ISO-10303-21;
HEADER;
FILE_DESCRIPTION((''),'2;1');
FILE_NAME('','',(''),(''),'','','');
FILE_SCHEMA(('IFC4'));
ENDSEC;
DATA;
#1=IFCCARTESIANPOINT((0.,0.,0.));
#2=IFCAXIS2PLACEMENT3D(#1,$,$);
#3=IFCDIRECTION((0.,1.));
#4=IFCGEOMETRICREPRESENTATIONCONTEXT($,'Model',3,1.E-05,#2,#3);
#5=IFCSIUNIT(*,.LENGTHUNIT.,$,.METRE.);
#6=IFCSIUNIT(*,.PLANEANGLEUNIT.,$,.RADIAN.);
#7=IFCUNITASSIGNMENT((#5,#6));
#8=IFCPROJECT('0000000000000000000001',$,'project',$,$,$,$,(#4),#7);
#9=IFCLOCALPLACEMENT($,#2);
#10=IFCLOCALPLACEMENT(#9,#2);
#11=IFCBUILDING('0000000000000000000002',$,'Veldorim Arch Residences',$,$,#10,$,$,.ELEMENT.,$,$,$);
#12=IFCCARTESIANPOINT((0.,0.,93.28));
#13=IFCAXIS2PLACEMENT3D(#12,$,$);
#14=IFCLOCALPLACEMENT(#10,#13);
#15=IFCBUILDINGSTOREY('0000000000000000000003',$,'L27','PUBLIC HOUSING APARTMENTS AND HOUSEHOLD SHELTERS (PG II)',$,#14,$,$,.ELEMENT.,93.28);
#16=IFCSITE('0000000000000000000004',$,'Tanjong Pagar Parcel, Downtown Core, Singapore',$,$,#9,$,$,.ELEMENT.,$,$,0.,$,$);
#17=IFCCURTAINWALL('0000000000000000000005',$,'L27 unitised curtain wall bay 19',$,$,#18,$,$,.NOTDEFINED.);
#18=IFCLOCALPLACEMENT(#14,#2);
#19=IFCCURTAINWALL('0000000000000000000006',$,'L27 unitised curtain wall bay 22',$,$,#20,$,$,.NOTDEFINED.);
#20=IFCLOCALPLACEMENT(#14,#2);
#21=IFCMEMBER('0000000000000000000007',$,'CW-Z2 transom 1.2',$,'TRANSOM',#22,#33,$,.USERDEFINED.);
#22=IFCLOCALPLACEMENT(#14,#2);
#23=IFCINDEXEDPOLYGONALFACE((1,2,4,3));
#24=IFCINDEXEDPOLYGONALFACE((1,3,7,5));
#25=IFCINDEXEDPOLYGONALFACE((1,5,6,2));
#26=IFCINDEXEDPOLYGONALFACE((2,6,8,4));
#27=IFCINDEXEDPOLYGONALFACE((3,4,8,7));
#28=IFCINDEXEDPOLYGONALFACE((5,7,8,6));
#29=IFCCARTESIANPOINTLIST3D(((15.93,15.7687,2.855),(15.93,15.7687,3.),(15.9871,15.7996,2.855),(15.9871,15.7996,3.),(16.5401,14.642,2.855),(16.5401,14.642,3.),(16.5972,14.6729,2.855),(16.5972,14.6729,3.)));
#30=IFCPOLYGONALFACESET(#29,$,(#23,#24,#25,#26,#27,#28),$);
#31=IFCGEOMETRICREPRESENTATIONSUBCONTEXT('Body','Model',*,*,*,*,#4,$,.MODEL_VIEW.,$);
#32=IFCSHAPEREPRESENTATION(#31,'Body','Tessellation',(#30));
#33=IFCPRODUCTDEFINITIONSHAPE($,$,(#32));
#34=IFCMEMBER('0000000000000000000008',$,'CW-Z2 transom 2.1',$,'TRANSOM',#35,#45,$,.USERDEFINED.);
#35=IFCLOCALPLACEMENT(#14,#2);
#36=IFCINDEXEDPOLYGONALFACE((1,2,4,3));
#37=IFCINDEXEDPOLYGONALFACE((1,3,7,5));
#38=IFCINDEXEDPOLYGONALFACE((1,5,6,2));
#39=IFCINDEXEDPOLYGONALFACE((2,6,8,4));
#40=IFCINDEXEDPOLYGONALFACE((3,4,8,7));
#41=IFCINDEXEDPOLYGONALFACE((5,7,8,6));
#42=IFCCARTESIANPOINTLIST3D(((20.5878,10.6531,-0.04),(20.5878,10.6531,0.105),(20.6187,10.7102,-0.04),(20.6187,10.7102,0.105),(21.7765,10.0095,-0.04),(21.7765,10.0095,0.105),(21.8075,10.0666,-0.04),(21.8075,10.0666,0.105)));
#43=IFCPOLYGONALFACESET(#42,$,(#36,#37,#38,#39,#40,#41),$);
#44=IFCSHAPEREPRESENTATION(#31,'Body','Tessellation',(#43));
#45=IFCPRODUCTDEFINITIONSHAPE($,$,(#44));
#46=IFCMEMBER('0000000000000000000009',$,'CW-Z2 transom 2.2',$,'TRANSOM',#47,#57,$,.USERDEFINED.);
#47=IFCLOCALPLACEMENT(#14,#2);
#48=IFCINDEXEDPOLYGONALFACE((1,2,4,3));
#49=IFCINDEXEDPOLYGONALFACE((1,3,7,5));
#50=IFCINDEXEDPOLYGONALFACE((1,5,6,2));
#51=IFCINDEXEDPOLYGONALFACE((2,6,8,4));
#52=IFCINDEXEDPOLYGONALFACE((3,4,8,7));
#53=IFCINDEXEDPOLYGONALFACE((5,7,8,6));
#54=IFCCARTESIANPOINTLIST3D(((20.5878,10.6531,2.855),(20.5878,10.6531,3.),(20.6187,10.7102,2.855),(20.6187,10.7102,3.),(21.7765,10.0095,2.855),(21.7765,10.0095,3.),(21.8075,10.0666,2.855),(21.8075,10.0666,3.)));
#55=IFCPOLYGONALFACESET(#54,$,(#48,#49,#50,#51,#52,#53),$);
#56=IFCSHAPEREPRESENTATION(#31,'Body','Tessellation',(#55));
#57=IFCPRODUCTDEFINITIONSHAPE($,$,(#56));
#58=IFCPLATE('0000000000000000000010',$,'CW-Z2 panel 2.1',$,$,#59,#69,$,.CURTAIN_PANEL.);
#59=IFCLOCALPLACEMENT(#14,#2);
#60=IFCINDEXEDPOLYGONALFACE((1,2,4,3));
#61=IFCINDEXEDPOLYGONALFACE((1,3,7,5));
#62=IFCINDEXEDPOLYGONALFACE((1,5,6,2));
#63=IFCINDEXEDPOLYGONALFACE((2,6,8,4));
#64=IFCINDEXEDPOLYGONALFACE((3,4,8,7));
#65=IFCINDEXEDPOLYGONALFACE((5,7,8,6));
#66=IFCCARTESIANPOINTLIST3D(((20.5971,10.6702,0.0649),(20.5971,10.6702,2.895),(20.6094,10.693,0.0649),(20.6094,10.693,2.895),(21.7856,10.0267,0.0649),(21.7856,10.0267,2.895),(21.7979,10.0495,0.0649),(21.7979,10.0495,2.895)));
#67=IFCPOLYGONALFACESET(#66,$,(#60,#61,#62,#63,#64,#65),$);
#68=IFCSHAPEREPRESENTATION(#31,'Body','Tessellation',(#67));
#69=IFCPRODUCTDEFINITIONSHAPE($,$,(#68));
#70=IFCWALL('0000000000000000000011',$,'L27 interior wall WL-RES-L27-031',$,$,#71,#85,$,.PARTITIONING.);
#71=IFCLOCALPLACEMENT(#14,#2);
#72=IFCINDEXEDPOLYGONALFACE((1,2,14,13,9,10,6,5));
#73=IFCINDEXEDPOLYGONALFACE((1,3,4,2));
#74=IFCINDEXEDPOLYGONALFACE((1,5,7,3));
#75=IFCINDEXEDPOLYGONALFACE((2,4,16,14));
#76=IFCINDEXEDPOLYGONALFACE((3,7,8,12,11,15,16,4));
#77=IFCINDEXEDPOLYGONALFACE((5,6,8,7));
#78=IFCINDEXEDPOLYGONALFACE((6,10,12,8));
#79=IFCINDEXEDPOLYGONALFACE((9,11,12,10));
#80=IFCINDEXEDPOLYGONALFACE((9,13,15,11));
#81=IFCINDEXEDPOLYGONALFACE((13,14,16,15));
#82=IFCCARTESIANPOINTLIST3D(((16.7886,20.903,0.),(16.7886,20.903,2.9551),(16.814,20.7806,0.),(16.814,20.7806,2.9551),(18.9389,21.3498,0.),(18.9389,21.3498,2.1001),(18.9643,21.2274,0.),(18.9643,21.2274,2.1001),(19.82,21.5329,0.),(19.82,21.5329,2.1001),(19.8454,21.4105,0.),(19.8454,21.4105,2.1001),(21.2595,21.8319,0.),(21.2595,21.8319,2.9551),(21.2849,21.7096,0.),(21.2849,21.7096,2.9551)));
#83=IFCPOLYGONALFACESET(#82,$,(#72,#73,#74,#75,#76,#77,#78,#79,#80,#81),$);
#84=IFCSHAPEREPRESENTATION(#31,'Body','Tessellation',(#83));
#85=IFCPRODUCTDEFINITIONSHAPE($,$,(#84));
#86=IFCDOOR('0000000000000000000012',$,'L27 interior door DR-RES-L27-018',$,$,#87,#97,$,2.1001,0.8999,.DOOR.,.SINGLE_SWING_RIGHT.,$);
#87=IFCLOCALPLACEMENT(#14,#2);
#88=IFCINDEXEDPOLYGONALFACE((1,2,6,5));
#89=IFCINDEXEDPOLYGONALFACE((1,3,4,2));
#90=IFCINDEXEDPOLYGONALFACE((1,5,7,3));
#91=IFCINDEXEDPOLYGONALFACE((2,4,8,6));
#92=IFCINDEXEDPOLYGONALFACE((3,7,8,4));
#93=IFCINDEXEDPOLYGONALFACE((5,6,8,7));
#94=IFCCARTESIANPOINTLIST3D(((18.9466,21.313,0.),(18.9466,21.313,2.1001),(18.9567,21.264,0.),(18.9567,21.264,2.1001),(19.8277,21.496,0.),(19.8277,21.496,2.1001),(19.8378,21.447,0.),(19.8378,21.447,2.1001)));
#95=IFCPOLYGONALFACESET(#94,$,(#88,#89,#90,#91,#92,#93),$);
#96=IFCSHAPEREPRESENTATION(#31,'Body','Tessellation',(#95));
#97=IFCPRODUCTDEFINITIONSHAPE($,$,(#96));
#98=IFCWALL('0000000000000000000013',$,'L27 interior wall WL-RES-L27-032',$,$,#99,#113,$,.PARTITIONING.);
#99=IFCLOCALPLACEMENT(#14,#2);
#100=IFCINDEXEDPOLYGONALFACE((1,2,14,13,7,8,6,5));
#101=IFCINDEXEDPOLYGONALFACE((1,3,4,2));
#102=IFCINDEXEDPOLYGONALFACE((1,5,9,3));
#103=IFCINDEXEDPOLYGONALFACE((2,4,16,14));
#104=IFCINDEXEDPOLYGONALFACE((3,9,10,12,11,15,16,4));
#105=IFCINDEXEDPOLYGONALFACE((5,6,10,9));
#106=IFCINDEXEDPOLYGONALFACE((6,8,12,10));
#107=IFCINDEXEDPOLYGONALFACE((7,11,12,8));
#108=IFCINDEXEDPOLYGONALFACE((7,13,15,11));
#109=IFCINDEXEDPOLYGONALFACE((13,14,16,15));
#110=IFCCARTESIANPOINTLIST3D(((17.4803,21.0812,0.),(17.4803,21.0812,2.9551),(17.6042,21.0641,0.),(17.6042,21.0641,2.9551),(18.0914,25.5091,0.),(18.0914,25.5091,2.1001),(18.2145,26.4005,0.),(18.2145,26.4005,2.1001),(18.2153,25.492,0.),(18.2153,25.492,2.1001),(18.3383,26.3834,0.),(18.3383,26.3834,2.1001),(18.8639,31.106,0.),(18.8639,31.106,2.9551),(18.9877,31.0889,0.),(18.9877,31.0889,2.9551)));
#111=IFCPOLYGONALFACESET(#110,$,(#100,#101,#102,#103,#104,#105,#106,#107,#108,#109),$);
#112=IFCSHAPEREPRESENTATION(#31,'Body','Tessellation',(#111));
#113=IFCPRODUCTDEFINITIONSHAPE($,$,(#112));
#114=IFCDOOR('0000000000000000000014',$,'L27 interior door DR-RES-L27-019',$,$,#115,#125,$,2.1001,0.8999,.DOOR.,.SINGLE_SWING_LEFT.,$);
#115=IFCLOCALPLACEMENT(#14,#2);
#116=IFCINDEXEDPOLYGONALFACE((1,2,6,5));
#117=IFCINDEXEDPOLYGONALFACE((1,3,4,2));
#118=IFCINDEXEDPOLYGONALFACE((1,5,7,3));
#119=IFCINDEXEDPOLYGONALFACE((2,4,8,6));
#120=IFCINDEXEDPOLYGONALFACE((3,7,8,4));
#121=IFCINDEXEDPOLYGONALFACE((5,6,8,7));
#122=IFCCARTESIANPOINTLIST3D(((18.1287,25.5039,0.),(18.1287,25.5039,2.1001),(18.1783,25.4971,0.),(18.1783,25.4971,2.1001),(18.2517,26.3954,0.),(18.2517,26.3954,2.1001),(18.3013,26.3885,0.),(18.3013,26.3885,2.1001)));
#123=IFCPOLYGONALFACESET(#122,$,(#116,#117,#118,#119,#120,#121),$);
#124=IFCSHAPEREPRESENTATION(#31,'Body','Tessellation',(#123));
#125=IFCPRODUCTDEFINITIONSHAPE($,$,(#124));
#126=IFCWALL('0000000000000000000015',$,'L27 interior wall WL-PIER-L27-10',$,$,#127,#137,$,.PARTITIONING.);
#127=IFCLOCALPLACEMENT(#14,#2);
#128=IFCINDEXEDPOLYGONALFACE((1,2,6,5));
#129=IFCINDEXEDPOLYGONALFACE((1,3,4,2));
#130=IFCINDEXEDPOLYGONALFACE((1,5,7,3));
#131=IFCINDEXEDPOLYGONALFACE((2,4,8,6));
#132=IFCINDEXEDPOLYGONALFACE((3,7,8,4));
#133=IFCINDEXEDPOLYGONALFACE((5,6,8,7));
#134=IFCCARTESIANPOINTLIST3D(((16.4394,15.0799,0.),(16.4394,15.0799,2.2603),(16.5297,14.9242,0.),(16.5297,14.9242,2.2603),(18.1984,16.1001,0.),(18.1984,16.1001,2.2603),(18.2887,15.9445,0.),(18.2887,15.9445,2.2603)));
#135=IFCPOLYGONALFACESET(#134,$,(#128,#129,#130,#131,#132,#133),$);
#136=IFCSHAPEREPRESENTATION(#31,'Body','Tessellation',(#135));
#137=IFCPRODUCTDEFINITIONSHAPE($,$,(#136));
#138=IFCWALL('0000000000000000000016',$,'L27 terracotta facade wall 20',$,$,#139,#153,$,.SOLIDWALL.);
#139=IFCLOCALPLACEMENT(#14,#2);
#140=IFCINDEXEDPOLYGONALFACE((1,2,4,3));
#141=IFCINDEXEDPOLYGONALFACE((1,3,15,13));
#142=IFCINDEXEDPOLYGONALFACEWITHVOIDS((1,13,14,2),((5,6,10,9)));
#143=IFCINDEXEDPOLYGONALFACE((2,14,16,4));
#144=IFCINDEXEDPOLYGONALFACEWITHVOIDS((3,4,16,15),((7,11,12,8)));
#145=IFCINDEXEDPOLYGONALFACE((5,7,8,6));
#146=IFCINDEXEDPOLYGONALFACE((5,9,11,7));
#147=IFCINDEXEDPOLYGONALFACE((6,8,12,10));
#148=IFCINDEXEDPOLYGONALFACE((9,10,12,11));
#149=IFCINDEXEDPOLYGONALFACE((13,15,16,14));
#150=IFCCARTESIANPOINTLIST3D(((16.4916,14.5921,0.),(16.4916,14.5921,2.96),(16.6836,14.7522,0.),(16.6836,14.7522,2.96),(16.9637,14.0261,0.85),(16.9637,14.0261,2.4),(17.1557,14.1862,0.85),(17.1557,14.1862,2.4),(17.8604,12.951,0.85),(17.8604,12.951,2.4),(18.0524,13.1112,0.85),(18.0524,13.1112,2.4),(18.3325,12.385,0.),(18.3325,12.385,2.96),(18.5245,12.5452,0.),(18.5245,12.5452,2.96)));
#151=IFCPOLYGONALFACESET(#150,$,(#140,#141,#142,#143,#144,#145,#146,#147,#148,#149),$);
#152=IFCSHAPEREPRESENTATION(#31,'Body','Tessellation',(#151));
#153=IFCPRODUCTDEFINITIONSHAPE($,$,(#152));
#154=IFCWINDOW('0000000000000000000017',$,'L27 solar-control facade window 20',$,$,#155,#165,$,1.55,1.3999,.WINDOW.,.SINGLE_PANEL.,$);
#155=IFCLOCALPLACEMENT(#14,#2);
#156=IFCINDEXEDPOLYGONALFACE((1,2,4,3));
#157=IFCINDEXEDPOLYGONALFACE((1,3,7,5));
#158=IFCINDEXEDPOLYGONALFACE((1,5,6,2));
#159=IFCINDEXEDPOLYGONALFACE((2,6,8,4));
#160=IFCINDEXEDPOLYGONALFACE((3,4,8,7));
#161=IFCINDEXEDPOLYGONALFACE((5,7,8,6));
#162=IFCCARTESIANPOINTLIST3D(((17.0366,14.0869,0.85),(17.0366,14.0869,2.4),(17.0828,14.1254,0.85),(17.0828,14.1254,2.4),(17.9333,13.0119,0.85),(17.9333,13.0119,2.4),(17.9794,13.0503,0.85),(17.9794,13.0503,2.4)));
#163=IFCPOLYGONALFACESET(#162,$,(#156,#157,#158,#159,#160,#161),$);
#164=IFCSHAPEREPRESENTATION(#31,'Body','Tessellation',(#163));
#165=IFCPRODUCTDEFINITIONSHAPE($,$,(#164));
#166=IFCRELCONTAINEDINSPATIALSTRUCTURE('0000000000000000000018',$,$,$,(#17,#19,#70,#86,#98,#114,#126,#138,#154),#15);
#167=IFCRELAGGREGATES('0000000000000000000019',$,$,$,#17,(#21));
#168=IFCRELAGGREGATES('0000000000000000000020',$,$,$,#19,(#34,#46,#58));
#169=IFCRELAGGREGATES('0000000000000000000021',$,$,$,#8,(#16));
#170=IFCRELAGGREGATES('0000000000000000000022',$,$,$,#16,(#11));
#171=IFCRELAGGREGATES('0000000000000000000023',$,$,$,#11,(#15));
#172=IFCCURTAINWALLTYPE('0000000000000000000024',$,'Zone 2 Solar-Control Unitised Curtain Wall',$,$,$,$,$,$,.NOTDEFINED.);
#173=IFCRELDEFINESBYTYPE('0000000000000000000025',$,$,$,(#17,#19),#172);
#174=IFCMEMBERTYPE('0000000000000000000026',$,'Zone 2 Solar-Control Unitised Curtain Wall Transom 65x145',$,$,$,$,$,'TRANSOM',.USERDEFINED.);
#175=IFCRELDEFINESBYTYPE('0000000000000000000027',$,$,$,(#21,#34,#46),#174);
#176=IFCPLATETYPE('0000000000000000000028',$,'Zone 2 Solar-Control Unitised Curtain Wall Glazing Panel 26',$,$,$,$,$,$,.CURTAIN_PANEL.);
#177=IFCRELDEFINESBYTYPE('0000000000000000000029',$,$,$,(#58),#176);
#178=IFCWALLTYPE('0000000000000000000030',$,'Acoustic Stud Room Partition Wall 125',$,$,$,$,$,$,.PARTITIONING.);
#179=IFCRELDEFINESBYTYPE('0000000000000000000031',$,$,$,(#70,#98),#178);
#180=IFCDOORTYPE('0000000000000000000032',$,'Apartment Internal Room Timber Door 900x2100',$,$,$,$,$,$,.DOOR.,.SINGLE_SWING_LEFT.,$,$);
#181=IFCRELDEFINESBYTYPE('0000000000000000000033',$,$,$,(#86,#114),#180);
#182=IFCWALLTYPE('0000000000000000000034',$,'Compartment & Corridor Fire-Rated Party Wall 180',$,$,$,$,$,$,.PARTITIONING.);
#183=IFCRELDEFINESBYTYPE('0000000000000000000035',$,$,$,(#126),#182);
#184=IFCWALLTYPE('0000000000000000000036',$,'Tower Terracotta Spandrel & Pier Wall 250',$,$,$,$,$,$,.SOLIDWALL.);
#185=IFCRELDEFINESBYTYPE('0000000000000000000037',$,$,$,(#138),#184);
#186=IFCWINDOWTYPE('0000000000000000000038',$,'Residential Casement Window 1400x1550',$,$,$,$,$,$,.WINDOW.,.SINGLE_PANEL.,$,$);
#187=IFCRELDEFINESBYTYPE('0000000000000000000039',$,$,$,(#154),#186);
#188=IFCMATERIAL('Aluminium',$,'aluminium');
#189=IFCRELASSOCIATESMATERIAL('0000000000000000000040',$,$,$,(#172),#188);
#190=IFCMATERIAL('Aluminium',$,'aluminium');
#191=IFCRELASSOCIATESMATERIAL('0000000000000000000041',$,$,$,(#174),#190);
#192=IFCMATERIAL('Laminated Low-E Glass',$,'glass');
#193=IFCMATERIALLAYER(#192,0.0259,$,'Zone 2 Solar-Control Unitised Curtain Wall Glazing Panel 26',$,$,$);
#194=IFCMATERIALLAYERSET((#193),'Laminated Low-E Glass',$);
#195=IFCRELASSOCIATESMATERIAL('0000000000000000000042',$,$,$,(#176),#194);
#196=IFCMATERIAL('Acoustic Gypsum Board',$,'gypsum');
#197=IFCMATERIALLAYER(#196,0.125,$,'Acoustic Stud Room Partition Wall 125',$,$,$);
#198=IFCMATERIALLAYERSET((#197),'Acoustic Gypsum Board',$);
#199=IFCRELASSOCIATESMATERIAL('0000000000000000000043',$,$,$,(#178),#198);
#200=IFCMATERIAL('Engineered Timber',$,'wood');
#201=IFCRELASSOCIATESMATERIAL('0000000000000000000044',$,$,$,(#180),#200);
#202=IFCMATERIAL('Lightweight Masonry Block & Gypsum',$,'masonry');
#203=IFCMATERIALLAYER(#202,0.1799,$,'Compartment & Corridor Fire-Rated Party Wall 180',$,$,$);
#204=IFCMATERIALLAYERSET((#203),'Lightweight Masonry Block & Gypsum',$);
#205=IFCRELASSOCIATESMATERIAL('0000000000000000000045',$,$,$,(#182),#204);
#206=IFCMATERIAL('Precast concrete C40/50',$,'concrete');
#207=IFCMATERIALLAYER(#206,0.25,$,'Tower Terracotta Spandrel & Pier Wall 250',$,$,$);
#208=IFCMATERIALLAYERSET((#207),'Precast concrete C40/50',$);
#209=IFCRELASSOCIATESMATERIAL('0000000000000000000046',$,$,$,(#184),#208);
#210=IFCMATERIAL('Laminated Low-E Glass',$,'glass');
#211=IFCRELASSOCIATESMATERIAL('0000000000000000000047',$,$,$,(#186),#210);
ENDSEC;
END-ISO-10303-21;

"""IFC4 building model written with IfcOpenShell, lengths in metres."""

from ifc_helpers import new_model, si_unit, direction, frame, frame_2d, origin, origin_2d, place, context, subcontext, project, spatial, rectangle, extrude, material, layer, layer_set, material_profile, profile_set, type_object, element, fill, aggregate, save


model = new_model("IFC4")

# Units and contexts
model_context = context("Model", 3, precision=1e-05, world=origin(), true_north=direction((0.0, 1.0)))
body_context = subcontext(model_context, "Body", "Model", "MODEL_VIEW")
ifc_project = project(units=[si_unit("LENGTHUNIT", "METRE"), si_unit("PLANEANGLEUNIT", "RADIAN")], contexts=[model_context])

# Site, building, storey
site_placement = place(None, origin())
site = spatial("IfcSite", under=ifc_project, at=site_placement, Name="Tanjong Pagar Parcel, Downtown Core, Singapore", CompositionType="ELEMENT", RefElevation=0.0)
building_placement = place(site_placement, origin())
building = spatial("IfcBuilding", under=site, at=building_placement, Name="Veldorim Arch Residences", CompositionType="ELEMENT")
storey_placement = place(building_placement, frame((0.0, 0.0, 93.28)))
storey = spatial("IfcBuildingStorey", under=building, at=storey_placement, Name="L27", Description="PUBLIC HOUSING APARTMENTS AND HOUSEHOLD SHELTERS (PG II)", CompositionType="ELEMENT", Elevation=93.28)

# Curtain walls
ifc_material_1 = material(Name="Aluminium", Category="aluminium")
curtain_wall_type = type_object("IfcCurtainWallType", Name="Zone 2 Solar-Control Unitised Curtain Wall", PredefinedType="NOTDEFINED", material=ifc_material_1)
curtain_wall_1_placement = place(storey_placement, origin())
curtain_wall_1 = element("IfcCurtainWall", 1, at=curtain_wall_1_placement, inside=storey, type_object=curtain_wall_type, Name="L27 unitised curtain wall bay 19", PredefinedType="NOTDEFINED")
curtain_wall_2_placement = place(storey_placement, origin())
curtain_wall_2 = element("IfcCurtainWall", 2, at=curtain_wall_2_placement, inside=storey, type_object=curtain_wall_type, Name="L27 unitised curtain wall bay 22", PredefinedType="NOTDEFINED")

# Members
ifc_material_2 = material(Name="Aluminium", Category="aluminium")
ifc_material_profile_1 = material_profile(ifc_material_2, rectangle(XDim=0.0649, YDim=0.145, at=origin_2d()), Name="ALU_TRN_65x145")
ifc_profile_set_1 = profile_set([ifc_material_profile_1], Name="Aluminium")
member_type_1 = type_object("IfcMemberType", Name="Zone 2 Solar-Control Unitised Curtain Wall Transom 65x145", ElementType="TRANSOM", PredefinedType="USERDEFINED", material=ifc_profile_set_1)
member_1_placement = place(storey_placement, frame((16.5686, 14.6575, 2.9275), z_axis=(-0.476167, 0.879355, 0.0), x_axis=(-0.879355, -0.476167, 0.0)))
member_1 = element("IfcMember", 3, at=member_1_placement, type_object=member_type_1, Name="CW-Z2 transom 1.2", ObjectType="TRANSOM", PredefinedType="USERDEFINED", context=body_context, shape_type="SweptSolid", body=[
    extrude(rectangle(XDim=0.0649, YDim=0.145, at=origin_2d()), origin(), (0.0, 0.0, 1.0), 1.2812),
])
aggregate(curtain_wall_1, [member_1])
member_2_placement = place(storey_placement, frame((21.792, 10.0381, 0.0325), z_axis=(-0.879396, 0.476091, 0.0), x_axis=(-0.476091, -0.879396, 0.0)))
member_2 = element("IfcMember", 4, at=member_2_placement, type_object=member_type_1, Name="CW-Z2 transom 2.1", ObjectType="TRANSOM", PredefinedType="USERDEFINED", context=body_context, shape_type="SweptSolid", body=[
    extrude(rectangle(XDim=0.0649, YDim=0.145, at=origin_2d()), origin(), (0.0, 0.0, 1.0), 1.3518),
])
member_3_placement = place(storey_placement, frame((21.792, 10.0381, 2.9275), z_axis=(-0.879396, 0.476091, 0.0), x_axis=(-0.476091, -0.879396, 0.0)))
member_3 = element("IfcMember", 5, at=member_3_placement, type_object=member_type_1, Name="CW-Z2 transom 2.2", ObjectType="TRANSOM", PredefinedType="USERDEFINED", context=body_context, shape_type="SweptSolid", body=[
    extrude(rectangle(XDim=0.0649, YDim=0.145, at=origin_2d()), origin(), (0.0, 0.0, 1.0), 1.3518),
])

# Plate
ifc_material_3 = material(Name="Laminated Low-E Glass", Category="glass")
ifc_layer_1 = layer(ifc_material_3, 0.0259, Name="Zone 2 Solar-Control Unitised Curtain Wall Glazing Panel 26")
ifc_layer_set_1 = layer_set([ifc_layer_1], Name="Laminated Low-E Glass")
plate_type = type_object("IfcPlateType", Name="Zone 2 Solar-Control Unitised Curtain Wall Glazing Panel 26", PredefinedType="CURTAIN_PANEL", material=ifc_layer_set_1)
plate_placement = place(storey_placement, frame((21.1975, 10.3599, 0.0649), z_axis=(0.0, 0.0, 1.0), x_axis=(-0.879393, 0.476096, 0.0)))
plate = element("IfcPlate", 6, at=plate_placement, type_object=plate_type, Name="CW-Z2 panel 2.1", PredefinedType="CURTAIN_PANEL", context=body_context, shape_type="SweptSolid", body=[
    extrude(rectangle(XDim=1.3516, YDim=0.0259, at=origin_2d()), origin(), (0.0, 0.0, 1.0), 2.8301),
])
aggregate(curtain_wall_2, [member_2, member_3, plate])

# Walls, openings, doors
ifc_material_4 = material(Name="Acoustic Gypsum Board", Category="gypsum")
ifc_layer_2 = layer(ifc_material_4, 0.125, Name="Acoustic Stud Room Partition Wall 125")
ifc_layer_set_2 = layer_set([ifc_layer_2], Name="Acoustic Gypsum Board")
wall_type_1 = type_object("IfcWallType", Name="Acoustic Stud Room Partition Wall 125", PredefinedType="PARTITIONING", material=ifc_layer_set_2)
wall_1_placement = place(storey_placement, frame((16.8013, 20.8418, 0.0), z_axis=(0.0, 0.0, 1.0), x_axis=(0.979089, 0.203431, 0.0)))
wall_1 = element("IfcWall", 7, at=wall_1_placement, inside=storey, type_object=wall_type_1, Name="L27 interior wall WL-RES-L27-031", PredefinedType="PARTITIONING", context=body_context, shape_type="SweptSolid", body=[
    extrude(rectangle(XDim=4.5664, YDim=0.125, at=frame_2d((2.2832, 0.0))), origin(), (0.0, 0.0, 1.0), 2.9551),
])
opening_1_placement = place(wall_1_placement, frame((2.1963, 0.0, 0.0)))
opening_1 = element("IfcOpeningElement", 8, at=opening_1_placement, cuts=wall_1, PredefinedType="OPENING", context=body_context, shape_type="SweptSolid", body=[
    extrude(rectangle(XDim=0.8999, YDim=2.1001, at=frame_2d((0.45, 1.05))), frame((0.0, 0.0725, 0.0), z_axis=(0.0, -1.0, 0.0), x_axis=(1.0, 0.0, 0.0)), (0.0, 0.0, 1.0), 0.145),
])
ifc_material_5 = material(Name="Engineered Timber", Category="wood")
door_type_1 = type_object("IfcDoorType", Name="Apartment Internal Room Timber Door 900x2100", OperationType="SINGLE_SWING_LEFT", PredefinedType="DOOR", material=ifc_material_5)
door_1_placement = place(opening_1_placement, origin())
door_1 = element("IfcDoor", 9, at=door_1_placement, inside=storey, type_object=door_type_1, Name="L27 interior door DR-RES-L27-018", OperationType="SINGLE_SWING_RIGHT", OverallHeight=2.1001, OverallWidth=0.8999, PredefinedType="DOOR", context=body_context, shape_type="SweptSolid", body=[
    extrude(rectangle(XDim=0.8999, YDim=2.1001, at=frame_2d((0.45, 1.05))), frame((0.0, 0.0249, 0.0), z_axis=(0.0, -1.0, 0.0), x_axis=(1.0, 0.0, 0.0)), (0.0, 0.0, 1.0), 0.05),
])
fill(opening_1, door_1)
wall_2_placement = place(storey_placement, frame((17.5422, 21.0725, 0.0), z_axis=(0.0, 0.0, 1.0), x_axis=(0.136715, 0.99061, 0.0)))
wall_2 = element("IfcWall", 10, at=wall_2_placement, inside=storey, type_object=wall_type_1, Name="L27 interior wall WL-RES-L27-032", PredefinedType="PARTITIONING", context=body_context, shape_type="SweptSolid", body=[
    extrude(rectangle(XDim=10.1199, YDim=0.125, at=frame_2d((5.0601, 0.0))), origin(), (0.0, 0.0, 1.0), 2.9551),
])
opening_2_placement = place(wall_2_placement, frame((4.47, 0.0, 0.0)))
opening_2 = element("IfcOpeningElement", 11, at=opening_2_placement, cuts=wall_2, PredefinedType="OPENING", context=body_context, shape_type="SweptSolid", body=[
    extrude(rectangle(XDim=0.8999, YDim=2.1001, at=frame_2d((0.45, 1.05))), frame((0.0, 0.0725, 0.0), z_axis=(0.0, -1.0, 0.0), x_axis=(1.0, 0.0, 0.0)), (0.0, 0.0, 1.0), 0.145),
])
door_2_placement = place(opening_2_placement, origin())
door_2 = element("IfcDoor", 12, at=door_2_placement, inside=storey, type_object=door_type_1, Name="L27 interior door DR-RES-L27-019", OperationType="SINGLE_SWING_LEFT", OverallHeight=2.1001, OverallWidth=0.8999, PredefinedType="DOOR", context=body_context, shape_type="SweptSolid", body=[
    extrude(rectangle(XDim=0.8999, YDim=2.1001, at=frame_2d((0.45, 1.05))), frame((0.0, 0.0249, 0.0), z_axis=(0.0, -1.0, 0.0), x_axis=(1.0, 0.0, 0.0)), (0.0, 0.0, 1.0), 0.05),
])
fill(opening_2, door_2)

# Wall
ifc_material_6 = material(Name="Lightweight Masonry Block & Gypsum", Category="masonry")
ifc_layer_3 = layer(ifc_material_6, 0.1799, Name="Compartment & Corridor Fire-Rated Party Wall 180")
ifc_layer_set_3 = layer_set([ifc_layer_3], Name="Lightweight Masonry Block & Gypsum")
wall_type_2 = type_object("IfcWallType", Name="Compartment & Corridor Fire-Rated Party Wall 180", PredefinedType="PARTITIONING", material=ifc_layer_set_3)
wall_3_placement = place(storey_placement, frame((18.2434, 16.0222, 0.0), z_axis=(0.0, 0.0, 1.0), x_axis=(-0.865026, -0.501727, 0.0)))
element("IfcWall", 13, at=wall_3_placement, inside=storey, type_object=wall_type_2, Name="L27 interior wall WL-PIER-L27-10", PredefinedType="PARTITIONING", context=body_context, shape_type="SweptSolid", body=[
    extrude(rectangle(XDim=2.0334, YDim=0.1799, at=frame_2d((1.0166, 0.0))), origin(), (0.0, 0.0, 1.0), 2.2603),
])

# Wall, opening, window
ifc_material_7 = material(Name="Precast concrete C40/50", Category="concrete")
ifc_layer_4 = layer(ifc_material_7, 0.25, Name="Tower Terracotta Spandrel & Pier Wall 250")
ifc_layer_set_4 = layer_set([ifc_layer_4], Name="Precast concrete C40/50")
wall_type_3 = type_object("IfcWallType", Name="Tower Terracotta Spandrel & Pier Wall 250", PredefinedType="SOLIDWALL", material=ifc_layer_set_4)
wall_4_placement = place(storey_placement, frame((18.4285, 12.4651, 0.0), z_axis=(0.0, 0.0, 1.0), x_axis=(-0.640519, 0.767943, 0.0)))
wall_4 = element("IfcWall", 14, at=wall_4_placement, inside=storey, type_object=wall_type_3, Name="L27 terracotta facade wall 20", PredefinedType="SOLIDWALL", context=body_context, shape_type="SweptSolid", body=[
    extrude(rectangle(XDim=2.874, YDim=0.25, at=frame_2d((1.437, 0.0))), origin(), (0.0, 0.0, 1.0), 2.96),
])
opening_3_placement = place(wall_4_placement, frame((0.7371, 0.0, 0.8501)))
opening_3 = element("IfcOpeningElement", 15, at=opening_3_placement, cuts=wall_4, PredefinedType="OPENING", context=body_context, shape_type="SweptSolid", body=[
    extrude(rectangle(XDim=1.3999, YDim=1.55, at=frame_2d((0.7, 0.7749))), frame((0.0, 0.135, 0.0), z_axis=(0.0, -1.0, 0.0), x_axis=(1.0, 0.0, 0.0)), (0.0, 0.0, 1.0), 0.27),
])
ifc_material_8 = material(Name="Laminated Low-E Glass", Category="glass")
window_type = type_object("IfcWindowType", Name="Residential Casement Window 1400x1550", PartitioningType="SINGLE_PANEL", PredefinedType="WINDOW", material=ifc_material_8)
window_placement = place(opening_3_placement, origin())
window = element("IfcWindow", 16, at=window_placement, inside=storey, type_object=window_type, Name="L27 solar-control facade window 20", OverallHeight=1.55, OverallWidth=1.3999, PartitioningType="SINGLE_PANEL", PredefinedType="WINDOW", context=body_context, shape_type="SweptSolid", body=[
    extrude(rectangle(XDim=1.3999, YDim=1.55, at=frame_2d((0.7, 0.7749))), frame((0.0, 0.03, 0.0), z_axis=(0.0, -1.0, 0.0), x_axis=(1.0, 0.0, 0.0)), (0.0, 0.0, 1.0), 0.0601),
])
fill(opening_3, window)

save(model, "model.ifc")
